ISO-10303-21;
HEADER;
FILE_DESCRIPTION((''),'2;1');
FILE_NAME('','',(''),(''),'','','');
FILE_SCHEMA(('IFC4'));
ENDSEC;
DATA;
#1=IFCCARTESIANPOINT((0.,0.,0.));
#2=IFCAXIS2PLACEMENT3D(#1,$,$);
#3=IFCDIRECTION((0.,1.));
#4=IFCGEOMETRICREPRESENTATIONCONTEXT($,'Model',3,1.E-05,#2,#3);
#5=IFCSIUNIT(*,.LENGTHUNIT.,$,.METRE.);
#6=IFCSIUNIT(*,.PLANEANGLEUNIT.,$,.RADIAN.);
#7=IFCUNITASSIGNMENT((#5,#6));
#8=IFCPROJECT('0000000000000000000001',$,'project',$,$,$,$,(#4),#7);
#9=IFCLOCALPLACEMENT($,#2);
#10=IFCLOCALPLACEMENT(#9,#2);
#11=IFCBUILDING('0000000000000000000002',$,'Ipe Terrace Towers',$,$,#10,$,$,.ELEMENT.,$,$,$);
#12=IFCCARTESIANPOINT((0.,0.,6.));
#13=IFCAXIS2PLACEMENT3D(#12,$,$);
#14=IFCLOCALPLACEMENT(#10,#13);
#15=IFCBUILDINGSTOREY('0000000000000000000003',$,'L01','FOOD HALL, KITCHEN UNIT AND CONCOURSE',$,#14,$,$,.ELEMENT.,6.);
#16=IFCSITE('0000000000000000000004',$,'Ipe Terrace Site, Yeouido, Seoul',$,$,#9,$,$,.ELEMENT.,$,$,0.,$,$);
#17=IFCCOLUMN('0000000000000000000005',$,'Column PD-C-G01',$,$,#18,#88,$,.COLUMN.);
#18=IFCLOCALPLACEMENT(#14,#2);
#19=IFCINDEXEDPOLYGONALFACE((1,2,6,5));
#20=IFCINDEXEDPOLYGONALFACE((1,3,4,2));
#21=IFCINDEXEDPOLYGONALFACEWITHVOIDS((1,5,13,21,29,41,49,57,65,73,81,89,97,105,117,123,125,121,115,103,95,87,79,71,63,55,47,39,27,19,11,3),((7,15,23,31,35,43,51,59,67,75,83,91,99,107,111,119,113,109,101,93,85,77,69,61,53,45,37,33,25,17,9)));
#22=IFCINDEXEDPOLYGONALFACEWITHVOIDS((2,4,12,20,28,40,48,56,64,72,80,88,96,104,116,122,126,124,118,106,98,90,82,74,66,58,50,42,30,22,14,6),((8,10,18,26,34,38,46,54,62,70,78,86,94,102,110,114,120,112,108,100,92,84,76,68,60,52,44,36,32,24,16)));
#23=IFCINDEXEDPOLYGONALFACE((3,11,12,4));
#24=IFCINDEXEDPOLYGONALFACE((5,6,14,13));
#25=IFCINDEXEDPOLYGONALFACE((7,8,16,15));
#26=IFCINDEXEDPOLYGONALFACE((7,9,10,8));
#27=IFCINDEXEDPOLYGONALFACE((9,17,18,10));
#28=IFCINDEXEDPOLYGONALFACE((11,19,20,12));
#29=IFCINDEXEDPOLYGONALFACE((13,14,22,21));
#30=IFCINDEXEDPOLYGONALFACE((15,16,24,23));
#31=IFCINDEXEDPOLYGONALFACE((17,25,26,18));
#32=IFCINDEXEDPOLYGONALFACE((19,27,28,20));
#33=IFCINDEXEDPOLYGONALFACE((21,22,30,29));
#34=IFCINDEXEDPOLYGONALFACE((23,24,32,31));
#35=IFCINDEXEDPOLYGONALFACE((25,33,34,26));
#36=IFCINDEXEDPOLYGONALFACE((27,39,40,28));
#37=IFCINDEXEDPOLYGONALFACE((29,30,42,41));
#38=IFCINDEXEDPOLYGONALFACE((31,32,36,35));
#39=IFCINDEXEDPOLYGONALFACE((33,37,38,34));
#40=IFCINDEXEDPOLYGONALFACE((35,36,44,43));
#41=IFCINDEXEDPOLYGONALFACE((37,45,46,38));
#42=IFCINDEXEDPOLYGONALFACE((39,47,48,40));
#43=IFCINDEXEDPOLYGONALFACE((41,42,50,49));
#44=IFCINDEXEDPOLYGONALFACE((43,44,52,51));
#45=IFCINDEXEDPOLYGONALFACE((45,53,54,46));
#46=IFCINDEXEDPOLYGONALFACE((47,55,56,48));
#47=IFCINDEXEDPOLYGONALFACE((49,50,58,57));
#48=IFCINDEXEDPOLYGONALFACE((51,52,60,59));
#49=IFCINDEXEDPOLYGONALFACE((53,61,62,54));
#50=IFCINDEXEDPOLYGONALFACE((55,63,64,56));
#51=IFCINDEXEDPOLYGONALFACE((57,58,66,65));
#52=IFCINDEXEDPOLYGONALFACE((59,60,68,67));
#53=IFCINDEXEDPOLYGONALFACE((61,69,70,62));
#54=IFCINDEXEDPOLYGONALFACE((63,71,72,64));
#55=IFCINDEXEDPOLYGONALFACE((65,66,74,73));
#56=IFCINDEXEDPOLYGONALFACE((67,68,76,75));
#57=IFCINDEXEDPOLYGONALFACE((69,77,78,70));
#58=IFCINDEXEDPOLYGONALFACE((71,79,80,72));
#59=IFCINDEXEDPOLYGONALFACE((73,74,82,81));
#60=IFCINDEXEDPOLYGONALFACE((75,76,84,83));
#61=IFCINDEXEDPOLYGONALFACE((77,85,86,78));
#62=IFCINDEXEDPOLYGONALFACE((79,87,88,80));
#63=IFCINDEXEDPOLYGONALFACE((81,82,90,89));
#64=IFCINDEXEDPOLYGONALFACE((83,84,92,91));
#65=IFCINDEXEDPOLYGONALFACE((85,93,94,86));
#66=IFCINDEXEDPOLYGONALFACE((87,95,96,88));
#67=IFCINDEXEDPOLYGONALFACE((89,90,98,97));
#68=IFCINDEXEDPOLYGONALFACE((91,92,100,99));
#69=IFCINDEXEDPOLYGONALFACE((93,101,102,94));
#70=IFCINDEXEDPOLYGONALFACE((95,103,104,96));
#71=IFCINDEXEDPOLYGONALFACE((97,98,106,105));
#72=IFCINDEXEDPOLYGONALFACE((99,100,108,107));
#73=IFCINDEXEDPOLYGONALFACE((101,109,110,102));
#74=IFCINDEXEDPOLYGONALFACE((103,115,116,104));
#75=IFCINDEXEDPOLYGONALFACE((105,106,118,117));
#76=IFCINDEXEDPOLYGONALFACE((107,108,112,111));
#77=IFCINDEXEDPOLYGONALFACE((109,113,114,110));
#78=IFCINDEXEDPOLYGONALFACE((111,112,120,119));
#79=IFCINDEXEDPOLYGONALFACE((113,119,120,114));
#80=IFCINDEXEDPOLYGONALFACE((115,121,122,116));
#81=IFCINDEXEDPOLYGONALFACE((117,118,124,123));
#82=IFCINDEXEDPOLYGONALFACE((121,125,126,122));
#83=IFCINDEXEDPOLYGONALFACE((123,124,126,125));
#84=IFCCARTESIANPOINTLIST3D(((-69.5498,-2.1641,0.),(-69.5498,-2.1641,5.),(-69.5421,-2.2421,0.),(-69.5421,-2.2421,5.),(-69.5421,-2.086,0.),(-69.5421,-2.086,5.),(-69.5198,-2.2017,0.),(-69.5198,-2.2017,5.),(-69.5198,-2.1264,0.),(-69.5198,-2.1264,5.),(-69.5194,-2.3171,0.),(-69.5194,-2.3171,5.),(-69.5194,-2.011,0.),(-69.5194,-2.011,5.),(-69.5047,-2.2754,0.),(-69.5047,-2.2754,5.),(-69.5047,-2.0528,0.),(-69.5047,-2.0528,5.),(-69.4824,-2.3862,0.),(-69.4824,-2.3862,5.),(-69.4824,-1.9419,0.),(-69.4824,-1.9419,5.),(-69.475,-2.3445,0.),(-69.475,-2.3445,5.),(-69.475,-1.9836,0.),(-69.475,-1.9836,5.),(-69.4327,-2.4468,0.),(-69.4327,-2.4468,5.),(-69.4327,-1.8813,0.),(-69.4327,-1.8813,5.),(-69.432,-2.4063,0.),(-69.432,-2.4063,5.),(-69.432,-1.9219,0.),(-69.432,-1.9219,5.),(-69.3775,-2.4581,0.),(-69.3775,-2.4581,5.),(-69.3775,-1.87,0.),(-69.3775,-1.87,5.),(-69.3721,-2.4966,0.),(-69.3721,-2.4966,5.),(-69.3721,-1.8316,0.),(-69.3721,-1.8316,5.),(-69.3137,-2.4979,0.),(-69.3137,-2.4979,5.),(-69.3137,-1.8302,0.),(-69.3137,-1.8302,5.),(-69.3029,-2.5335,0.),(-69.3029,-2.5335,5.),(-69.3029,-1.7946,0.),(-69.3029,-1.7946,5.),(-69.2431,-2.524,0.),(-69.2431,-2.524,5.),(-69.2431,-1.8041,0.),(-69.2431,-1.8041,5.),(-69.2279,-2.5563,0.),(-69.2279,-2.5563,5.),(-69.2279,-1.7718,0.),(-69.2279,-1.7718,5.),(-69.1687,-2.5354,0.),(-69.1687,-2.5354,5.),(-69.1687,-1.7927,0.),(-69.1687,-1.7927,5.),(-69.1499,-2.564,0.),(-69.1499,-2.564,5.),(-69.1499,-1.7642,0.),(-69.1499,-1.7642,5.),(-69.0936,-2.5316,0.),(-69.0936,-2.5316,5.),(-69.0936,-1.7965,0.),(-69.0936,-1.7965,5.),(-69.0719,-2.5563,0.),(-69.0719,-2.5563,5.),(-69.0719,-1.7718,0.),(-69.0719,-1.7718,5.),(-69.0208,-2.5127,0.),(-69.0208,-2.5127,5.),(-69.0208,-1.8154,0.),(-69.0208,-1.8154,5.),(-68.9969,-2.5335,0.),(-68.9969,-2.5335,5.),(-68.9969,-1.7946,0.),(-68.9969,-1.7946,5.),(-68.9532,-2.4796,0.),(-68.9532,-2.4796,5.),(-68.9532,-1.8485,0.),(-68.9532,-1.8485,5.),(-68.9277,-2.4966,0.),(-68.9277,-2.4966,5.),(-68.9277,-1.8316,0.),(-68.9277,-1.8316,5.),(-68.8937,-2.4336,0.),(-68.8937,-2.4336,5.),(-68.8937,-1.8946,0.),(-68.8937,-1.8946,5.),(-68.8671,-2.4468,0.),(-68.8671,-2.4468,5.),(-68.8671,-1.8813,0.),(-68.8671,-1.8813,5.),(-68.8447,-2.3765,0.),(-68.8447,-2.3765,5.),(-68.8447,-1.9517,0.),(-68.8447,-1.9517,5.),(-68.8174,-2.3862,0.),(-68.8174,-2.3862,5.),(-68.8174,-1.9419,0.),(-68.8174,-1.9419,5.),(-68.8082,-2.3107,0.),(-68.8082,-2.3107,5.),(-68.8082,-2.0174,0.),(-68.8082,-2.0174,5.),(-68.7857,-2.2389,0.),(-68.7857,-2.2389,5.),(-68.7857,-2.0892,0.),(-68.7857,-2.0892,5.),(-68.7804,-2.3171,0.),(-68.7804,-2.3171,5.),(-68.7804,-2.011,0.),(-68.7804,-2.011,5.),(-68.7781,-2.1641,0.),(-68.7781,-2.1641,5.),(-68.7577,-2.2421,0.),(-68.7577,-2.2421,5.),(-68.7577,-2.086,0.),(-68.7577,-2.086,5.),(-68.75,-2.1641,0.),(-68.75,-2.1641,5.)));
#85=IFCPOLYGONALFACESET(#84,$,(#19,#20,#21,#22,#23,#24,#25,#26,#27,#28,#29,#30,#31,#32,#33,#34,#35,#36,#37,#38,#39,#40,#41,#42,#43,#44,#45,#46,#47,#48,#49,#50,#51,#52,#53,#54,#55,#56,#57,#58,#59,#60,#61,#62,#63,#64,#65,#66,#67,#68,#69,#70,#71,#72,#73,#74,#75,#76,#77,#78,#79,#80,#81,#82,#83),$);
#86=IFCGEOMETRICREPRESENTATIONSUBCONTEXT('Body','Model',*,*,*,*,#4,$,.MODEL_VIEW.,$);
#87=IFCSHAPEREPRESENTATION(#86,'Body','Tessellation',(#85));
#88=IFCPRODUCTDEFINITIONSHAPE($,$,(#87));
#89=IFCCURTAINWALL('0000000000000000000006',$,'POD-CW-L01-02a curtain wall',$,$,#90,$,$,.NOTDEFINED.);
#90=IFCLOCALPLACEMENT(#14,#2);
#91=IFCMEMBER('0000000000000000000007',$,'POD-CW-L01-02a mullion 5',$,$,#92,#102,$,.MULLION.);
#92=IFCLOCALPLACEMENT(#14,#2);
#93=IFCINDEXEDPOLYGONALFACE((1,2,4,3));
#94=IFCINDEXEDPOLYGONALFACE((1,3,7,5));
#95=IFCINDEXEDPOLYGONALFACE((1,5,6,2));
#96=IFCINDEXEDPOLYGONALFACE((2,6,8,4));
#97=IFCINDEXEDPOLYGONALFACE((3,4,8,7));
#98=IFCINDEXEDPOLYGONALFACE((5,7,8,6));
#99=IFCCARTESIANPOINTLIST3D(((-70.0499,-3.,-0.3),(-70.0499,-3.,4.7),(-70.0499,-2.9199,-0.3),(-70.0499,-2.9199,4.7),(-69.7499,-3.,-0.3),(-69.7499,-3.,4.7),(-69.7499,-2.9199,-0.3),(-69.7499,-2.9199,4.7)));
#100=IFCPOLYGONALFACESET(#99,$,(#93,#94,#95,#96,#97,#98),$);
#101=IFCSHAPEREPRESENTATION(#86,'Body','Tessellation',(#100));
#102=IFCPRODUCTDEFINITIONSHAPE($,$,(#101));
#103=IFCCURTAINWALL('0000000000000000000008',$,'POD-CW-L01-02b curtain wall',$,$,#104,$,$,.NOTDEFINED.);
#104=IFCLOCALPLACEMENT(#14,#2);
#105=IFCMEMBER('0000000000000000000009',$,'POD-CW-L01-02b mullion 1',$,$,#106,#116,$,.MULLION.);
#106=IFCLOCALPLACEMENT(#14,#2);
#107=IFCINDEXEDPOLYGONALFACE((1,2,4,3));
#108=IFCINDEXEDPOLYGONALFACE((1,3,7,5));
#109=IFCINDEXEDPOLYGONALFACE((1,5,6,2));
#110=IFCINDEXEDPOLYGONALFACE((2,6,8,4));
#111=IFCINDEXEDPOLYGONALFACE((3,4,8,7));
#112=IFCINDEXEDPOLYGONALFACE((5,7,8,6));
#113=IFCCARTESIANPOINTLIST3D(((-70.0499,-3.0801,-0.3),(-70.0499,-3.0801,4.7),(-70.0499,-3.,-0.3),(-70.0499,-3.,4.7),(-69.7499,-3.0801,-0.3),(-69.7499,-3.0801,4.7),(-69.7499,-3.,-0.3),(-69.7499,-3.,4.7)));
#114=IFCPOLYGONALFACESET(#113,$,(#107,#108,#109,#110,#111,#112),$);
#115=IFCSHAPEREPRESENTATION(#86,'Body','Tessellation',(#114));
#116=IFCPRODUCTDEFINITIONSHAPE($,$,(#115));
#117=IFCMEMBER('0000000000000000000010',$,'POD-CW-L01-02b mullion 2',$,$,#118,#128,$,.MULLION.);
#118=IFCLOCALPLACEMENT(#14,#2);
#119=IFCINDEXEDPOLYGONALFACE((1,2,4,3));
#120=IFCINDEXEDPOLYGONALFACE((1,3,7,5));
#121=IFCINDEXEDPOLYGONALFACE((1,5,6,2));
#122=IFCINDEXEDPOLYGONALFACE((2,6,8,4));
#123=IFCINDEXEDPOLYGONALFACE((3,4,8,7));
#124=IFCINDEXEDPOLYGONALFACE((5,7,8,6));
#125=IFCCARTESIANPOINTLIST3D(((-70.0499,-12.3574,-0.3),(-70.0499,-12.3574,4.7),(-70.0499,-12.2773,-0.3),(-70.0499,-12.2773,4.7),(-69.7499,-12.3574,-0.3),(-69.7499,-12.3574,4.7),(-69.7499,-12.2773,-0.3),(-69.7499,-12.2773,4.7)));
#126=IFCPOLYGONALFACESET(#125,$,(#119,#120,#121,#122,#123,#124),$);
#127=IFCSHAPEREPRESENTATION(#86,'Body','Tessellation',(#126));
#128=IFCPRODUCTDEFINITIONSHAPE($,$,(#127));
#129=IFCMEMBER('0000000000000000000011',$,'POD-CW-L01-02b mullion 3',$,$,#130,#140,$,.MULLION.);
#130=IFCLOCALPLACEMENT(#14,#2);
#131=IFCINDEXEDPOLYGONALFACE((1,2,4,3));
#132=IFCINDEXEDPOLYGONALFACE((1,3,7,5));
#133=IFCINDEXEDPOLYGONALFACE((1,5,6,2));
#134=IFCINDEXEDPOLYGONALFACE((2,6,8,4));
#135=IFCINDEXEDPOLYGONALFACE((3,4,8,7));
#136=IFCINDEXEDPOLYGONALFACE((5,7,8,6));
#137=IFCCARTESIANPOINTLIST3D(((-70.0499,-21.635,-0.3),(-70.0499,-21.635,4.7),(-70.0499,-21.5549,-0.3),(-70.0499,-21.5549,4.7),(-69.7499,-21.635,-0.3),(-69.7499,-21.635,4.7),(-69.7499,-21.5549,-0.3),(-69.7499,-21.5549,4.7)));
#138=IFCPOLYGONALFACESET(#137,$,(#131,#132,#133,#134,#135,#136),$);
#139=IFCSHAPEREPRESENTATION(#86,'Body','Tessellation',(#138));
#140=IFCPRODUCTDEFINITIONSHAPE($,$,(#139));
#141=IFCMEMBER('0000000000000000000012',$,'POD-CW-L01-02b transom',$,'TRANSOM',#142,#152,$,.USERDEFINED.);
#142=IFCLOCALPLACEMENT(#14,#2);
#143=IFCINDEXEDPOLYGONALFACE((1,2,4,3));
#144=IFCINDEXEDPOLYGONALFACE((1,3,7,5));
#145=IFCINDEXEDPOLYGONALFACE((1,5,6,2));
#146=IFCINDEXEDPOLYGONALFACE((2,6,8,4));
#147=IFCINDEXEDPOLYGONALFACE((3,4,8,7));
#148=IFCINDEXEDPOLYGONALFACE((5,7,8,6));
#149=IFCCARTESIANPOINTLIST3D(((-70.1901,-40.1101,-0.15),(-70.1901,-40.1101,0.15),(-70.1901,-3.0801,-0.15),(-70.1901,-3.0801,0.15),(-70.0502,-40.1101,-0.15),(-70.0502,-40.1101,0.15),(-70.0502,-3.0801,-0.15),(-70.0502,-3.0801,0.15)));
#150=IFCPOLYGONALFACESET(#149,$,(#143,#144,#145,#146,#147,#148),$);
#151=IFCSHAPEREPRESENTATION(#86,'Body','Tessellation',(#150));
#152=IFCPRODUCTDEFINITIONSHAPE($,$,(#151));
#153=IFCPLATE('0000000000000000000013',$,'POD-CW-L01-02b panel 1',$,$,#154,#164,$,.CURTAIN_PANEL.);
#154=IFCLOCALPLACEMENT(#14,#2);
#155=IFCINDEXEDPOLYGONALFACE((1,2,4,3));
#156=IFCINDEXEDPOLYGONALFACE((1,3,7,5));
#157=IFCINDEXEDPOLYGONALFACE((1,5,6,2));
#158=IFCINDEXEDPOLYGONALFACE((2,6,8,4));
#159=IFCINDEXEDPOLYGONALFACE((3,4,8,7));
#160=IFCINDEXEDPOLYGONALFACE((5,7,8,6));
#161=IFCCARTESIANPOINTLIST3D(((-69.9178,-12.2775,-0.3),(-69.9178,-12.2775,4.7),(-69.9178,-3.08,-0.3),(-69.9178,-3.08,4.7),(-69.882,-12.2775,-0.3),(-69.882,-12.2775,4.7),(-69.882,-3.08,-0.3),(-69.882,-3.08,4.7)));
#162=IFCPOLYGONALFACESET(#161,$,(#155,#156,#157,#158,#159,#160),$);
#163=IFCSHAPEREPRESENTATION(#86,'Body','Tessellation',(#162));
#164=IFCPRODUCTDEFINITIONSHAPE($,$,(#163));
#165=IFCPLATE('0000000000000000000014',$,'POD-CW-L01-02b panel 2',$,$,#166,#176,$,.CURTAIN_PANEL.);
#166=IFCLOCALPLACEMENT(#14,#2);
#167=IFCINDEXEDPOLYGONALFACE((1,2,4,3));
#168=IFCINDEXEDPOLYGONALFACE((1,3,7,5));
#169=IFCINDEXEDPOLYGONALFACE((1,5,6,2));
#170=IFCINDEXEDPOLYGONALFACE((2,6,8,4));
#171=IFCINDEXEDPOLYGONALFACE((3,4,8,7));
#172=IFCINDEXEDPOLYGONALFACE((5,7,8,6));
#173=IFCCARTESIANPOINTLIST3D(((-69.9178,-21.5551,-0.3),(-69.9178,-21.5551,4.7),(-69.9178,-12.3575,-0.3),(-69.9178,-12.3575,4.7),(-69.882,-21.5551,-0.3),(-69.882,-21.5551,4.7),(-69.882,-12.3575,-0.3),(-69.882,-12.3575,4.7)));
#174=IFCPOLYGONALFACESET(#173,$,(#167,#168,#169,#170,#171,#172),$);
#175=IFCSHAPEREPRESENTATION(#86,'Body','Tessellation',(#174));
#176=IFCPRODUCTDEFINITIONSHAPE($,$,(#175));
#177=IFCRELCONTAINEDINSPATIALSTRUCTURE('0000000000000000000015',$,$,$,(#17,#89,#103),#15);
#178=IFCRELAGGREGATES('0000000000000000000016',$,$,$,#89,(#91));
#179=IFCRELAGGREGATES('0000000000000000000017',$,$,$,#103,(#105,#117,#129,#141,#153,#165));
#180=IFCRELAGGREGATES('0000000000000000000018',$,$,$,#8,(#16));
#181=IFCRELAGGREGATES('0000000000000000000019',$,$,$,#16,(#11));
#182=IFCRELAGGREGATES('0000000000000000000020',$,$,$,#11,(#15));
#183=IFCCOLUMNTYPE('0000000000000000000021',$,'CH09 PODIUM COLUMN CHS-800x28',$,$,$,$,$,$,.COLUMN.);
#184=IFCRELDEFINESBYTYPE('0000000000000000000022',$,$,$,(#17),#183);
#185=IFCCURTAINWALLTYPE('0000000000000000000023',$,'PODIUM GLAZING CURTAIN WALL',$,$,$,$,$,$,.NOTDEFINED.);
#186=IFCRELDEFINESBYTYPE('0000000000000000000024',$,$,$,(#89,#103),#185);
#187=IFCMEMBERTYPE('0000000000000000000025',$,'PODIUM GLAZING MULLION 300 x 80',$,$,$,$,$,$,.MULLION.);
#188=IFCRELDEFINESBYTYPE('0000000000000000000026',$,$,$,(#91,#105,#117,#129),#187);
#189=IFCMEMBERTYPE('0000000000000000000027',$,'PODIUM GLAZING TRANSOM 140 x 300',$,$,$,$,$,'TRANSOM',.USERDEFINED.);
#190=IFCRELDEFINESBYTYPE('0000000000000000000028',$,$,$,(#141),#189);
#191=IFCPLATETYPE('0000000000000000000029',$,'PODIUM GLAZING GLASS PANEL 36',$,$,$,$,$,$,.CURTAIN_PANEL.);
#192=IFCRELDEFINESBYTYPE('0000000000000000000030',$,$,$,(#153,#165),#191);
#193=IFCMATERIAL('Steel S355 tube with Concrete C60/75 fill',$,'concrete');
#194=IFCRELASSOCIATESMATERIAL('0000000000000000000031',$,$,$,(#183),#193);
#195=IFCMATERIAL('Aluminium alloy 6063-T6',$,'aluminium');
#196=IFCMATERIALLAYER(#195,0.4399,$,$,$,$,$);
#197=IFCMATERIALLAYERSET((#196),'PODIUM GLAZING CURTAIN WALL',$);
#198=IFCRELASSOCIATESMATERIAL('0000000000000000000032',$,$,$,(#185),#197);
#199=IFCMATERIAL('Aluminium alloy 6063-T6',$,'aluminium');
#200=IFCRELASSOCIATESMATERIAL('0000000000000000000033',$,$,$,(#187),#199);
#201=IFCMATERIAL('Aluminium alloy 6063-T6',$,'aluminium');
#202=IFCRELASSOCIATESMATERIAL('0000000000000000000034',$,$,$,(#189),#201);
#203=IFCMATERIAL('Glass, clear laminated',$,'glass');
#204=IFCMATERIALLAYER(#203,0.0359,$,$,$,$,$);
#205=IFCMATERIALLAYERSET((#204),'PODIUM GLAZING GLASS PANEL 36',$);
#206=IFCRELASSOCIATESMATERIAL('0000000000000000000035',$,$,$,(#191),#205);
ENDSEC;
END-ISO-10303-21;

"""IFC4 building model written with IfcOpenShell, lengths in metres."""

from ifc_helpers import new_model, si_unit, direction, frame, origin, origin_2d, place, context, subcontext, project, spatial, rectangle, hollow_circle, extrude, material, layer, layer_set, material_profile, profile_set, type_object, element, aggregate, save


model = new_model("IFC4")

# Units and contexts
model_context = context("Model", 3, precision=1e-05, world=origin(), true_north=direction((0.0, 1.0)))
body_context = subcontext(model_context, "Body", "Model", "MODEL_VIEW")
ifc_project = project(units=[si_unit("LENGTHUNIT", "METRE"), si_unit("PLANEANGLEUNIT", "RADIAN")], contexts=[model_context])

# Site, building, storey
site_placement = place(None, origin())
site = spatial("IfcSite", under=ifc_project, at=site_placement, Name="Ipe Terrace Site, Yeouido, Seoul", CompositionType="ELEMENT", RefElevation=0.0)
building_placement = place(site_placement, origin())
building = spatial("IfcBuilding", under=site, at=building_placement, Name="Ipe Terrace Towers", CompositionType="ELEMENT")
storey_placement = place(building_placement, frame((0.0, 0.0, 6.0)))
storey = spatial("IfcBuildingStorey", under=building, at=storey_placement, Name="L01", Description="FOOD HALL, KITCHEN UNIT AND CONCOURSE", CompositionType="ELEMENT", Elevation=6.0)

# Column
ifc_material_1 = material(Name="Steel S355 tube with Concrete C60/75 fill", Category="concrete")
ifc_material_profile_1 = material_profile(ifc_material_1, hollow_circle(Radius=0.3999, WallThickness=0.0281, at=origin_2d()), Name="CHS-800x28")
ifc_profile_set_1 = profile_set([ifc_material_profile_1], Name="Steel S355 tube with Concrete C60/75 fill")
column_type_1 = type_object("IfcColumnType", Name="CH09 PODIUM COLUMN CHS-800x28", PredefinedType="COLUMN", material=ifc_profile_set_1)
for number, where, z_axis, x_axis, name in (
    (1, (-69.1499, -2.1641, 0.0), (0.0, 0.0, 1.0), (1.0, 0.0, 0.0), "Column PD-C-G01"),
):
    element("IfcColumn", number, at=place(storey_placement, frame(where, z_axis=z_axis, x_axis=x_axis)), inside=storey, type_object=column_type_1, Name=name, PredefinedType="COLUMN", context=body_context, shape_type="SweptSolid", body=[
        extrude(hollow_circle(Radius=0.3999, WallThickness=0.0281, at=origin_2d()), origin(), (0.0, 0.0, 1.0), 5.0),
    ])

# Curtain wall, member
ifc_material_2 = material(Name="Aluminium alloy 6063-T6", Category="aluminium")
ifc_layer_1 = layer(ifc_material_2, 0.4399)
ifc_layer_set_1 = layer_set([ifc_layer_1], Name="PODIUM GLAZING CURTAIN WALL")
curtain_wall_type = type_object("IfcCurtainWallType", Name="PODIUM GLAZING CURTAIN WALL", PredefinedType="NOTDEFINED", material=ifc_layer_set_1)
curtain_wall_1_placement = place(storey_placement, origin())
curtain_wall_1 = element("IfcCurtainWall", 2, at=curtain_wall_1_placement, inside=storey, type_object=curtain_wall_type, Name="POD-CW-L01-02a curtain wall", PredefinedType="NOTDEFINED")
ifc_material_3 = material(Name="Aluminium alloy 6063-T6", Category="aluminium")
ifc_material_profile_2 = material_profile(ifc_material_3, rectangle(XDim=0.3, YDim=0.0801, at=origin_2d()), Name="PODIUM GLAZING MULLION 300 x 80")
ifc_profile_set_2 = profile_set([ifc_material_profile_2], Name="Aluminium alloy 6063-T6")
member_type_1 = type_object("IfcMemberType", Name="PODIUM GLAZING MULLION 300 x 80", PredefinedType="MULLION", material=ifc_profile_set_2)
member_1_placement = place(storey_placement, frame((-69.8999, -2.96, -0.3), z_axis=(0.0, 0.0, 1.0), x_axis=(-1.0, 0.0, 0.0)))
member_1 = element("IfcMember", 3, at=member_1_placement, type_object=member_type_1, Name="POD-CW-L01-02a mullion 5", PredefinedType="MULLION", context=body_context, shape_type="SweptSolid", body=[
    extrude(rectangle(XDim=0.3, YDim=0.0801, at=origin_2d()), origin(), (0.0, 0.0, 1.0), 5.0),
])
aggregate(curtain_wall_1, [member_1])

# Curtain wall, members, plates
curtain_wall_2_placement = place(storey_placement, origin())
curtain_wall_2 = element("IfcCurtainWall", 4, at=curtain_wall_2_placement, inside=storey, type_object=curtain_wall_type, Name="POD-CW-L01-02b curtain wall", PredefinedType="NOTDEFINED")
member_2_placement = place(storey_placement, frame((-69.8999, -3.04, -0.3), z_axis=(0.0, 0.0, 1.0), x_axis=(-1.0, 0.0, 0.0)))
member_2 = element("IfcMember", 5, at=member_2_placement, type_object=member_type_1, Name="POD-CW-L01-02b mullion 1", PredefinedType="MULLION", context=body_context, shape_type="SweptSolid", body=[
    extrude(rectangle(XDim=0.3, YDim=0.0801, at=origin_2d()), origin(), (0.0, 0.0, 1.0), 5.0),
])
member_3_placement = place(storey_placement, frame((-69.8999, -12.3174, -0.3), z_axis=(0.0, 0.0, 1.0), x_axis=(-1.0, 0.0, 0.0)))
member_3 = element("IfcMember", 6, at=member_3_placement, type_object=member_type_1, Name="POD-CW-L01-02b mullion 2", PredefinedType="MULLION", context=body_context, shape_type="SweptSolid", body=[
    extrude(rectangle(XDim=0.3, YDim=0.0801, at=origin_2d()), origin(), (0.0, 0.0, 1.0), 5.0),
])
member_4_placement = place(storey_placement, frame((-69.8999, -21.595, -0.3), z_axis=(0.0, 0.0, 1.0), x_axis=(-1.0, 0.0, 0.0)))
member_4 = element("IfcMember", 7, at=member_4_placement, type_object=member_type_1, Name="POD-CW-L01-02b mullion 3", PredefinedType="MULLION", context=body_context, shape_type="SweptSolid", body=[
    extrude(rectangle(XDim=0.3, YDim=0.0801, at=origin_2d()), origin(), (0.0, 0.0, 1.0), 5.0),
])
ifc_material_4 = material(Name="Aluminium alloy 6063-T6", Category="aluminium")
ifc_material_profile_3 = material_profile(ifc_material_4, rectangle(XDim=0.1399, YDim=0.3, at=origin_2d()), Name="PODIUM GLAZING TRANSOM 140 x 300")
ifc_profile_set_3 = profile_set([ifc_material_profile_3], Name="Aluminium alloy 6063-T6")
member_type_2 = type_object("IfcMemberType", Name="PODIUM GLAZING TRANSOM 140 x 300", ElementType="TRANSOM", PredefinedType="USERDEFINED", material=ifc_profile_set_3)
member_5_placement = place(storey_placement, frame((-70.1201, -3.0801, 0.0), z_axis=(0.0, -1.0, 0.0), x_axis=(-1.0, 0.0, 0.0)))
member_5 = element("IfcMember", 8, at=member_5_placement, type_object=member_type_2, Name="POD-CW-L01-02b transom", ObjectType="TRANSOM", PredefinedType="USERDEFINED", context=body_context, shape_type="SweptSolid", body=[
    extrude(rectangle(XDim=0.1399, YDim=0.3, at=origin_2d()), origin(), (0.0, 0.0, 1.0), 37.03),
])
ifc_material_5 = material(Name="Glass, clear laminated", Category="glass")
ifc_layer_2 = layer(ifc_material_5, 0.0359)
ifc_layer_set_2 = layer_set([ifc_layer_2], Name="PODIUM GLAZING GLASS PANEL 36")
plate_type = type_object("IfcPlateType", Name="PODIUM GLAZING GLASS PANEL 36", PredefinedType="CURTAIN_PANEL", material=ifc_layer_set_2)
plate_1_placement = place(storey_placement, frame((-69.8999, -7.6787, -0.3), z_axis=(0.0, 0.0, 1.0), x_axis=(0.0, -1.0, 0.0)))
plate_1 = element("IfcPlate", 9, at=plate_1_placement, type_object=plate_type, Name="POD-CW-L01-02b panel 1", PredefinedType="CURTAIN_PANEL", context=body_context, shape_type="SweptSolid", body=[
    extrude(rectangle(XDim=9.1975, YDim=0.0359, at=origin_2d()), origin(), (0.0, 0.0, 1.0), 5.0),
])
plate_2_placement = place(storey_placement, frame((-69.8999, -16.9563, -0.3), z_axis=(0.0, 0.0, 1.0), x_axis=(0.0, -1.0, 0.0)))
plate_2 = element("IfcPlate", 10, at=plate_2_placement, type_object=plate_type, Name="POD-CW-L01-02b panel 2", PredefinedType="CURTAIN_PANEL", context=body_context, shape_type="SweptSolid", body=[
    extrude(rectangle(XDim=9.1975, YDim=0.0359, at=origin_2d()), origin(), (0.0, 0.0, 1.0), 5.0),
])
aggregate(curtain_wall_2, [member_2, member_3, member_4, member_5, plate_1, plate_2])

save(model, "model.ifc")
